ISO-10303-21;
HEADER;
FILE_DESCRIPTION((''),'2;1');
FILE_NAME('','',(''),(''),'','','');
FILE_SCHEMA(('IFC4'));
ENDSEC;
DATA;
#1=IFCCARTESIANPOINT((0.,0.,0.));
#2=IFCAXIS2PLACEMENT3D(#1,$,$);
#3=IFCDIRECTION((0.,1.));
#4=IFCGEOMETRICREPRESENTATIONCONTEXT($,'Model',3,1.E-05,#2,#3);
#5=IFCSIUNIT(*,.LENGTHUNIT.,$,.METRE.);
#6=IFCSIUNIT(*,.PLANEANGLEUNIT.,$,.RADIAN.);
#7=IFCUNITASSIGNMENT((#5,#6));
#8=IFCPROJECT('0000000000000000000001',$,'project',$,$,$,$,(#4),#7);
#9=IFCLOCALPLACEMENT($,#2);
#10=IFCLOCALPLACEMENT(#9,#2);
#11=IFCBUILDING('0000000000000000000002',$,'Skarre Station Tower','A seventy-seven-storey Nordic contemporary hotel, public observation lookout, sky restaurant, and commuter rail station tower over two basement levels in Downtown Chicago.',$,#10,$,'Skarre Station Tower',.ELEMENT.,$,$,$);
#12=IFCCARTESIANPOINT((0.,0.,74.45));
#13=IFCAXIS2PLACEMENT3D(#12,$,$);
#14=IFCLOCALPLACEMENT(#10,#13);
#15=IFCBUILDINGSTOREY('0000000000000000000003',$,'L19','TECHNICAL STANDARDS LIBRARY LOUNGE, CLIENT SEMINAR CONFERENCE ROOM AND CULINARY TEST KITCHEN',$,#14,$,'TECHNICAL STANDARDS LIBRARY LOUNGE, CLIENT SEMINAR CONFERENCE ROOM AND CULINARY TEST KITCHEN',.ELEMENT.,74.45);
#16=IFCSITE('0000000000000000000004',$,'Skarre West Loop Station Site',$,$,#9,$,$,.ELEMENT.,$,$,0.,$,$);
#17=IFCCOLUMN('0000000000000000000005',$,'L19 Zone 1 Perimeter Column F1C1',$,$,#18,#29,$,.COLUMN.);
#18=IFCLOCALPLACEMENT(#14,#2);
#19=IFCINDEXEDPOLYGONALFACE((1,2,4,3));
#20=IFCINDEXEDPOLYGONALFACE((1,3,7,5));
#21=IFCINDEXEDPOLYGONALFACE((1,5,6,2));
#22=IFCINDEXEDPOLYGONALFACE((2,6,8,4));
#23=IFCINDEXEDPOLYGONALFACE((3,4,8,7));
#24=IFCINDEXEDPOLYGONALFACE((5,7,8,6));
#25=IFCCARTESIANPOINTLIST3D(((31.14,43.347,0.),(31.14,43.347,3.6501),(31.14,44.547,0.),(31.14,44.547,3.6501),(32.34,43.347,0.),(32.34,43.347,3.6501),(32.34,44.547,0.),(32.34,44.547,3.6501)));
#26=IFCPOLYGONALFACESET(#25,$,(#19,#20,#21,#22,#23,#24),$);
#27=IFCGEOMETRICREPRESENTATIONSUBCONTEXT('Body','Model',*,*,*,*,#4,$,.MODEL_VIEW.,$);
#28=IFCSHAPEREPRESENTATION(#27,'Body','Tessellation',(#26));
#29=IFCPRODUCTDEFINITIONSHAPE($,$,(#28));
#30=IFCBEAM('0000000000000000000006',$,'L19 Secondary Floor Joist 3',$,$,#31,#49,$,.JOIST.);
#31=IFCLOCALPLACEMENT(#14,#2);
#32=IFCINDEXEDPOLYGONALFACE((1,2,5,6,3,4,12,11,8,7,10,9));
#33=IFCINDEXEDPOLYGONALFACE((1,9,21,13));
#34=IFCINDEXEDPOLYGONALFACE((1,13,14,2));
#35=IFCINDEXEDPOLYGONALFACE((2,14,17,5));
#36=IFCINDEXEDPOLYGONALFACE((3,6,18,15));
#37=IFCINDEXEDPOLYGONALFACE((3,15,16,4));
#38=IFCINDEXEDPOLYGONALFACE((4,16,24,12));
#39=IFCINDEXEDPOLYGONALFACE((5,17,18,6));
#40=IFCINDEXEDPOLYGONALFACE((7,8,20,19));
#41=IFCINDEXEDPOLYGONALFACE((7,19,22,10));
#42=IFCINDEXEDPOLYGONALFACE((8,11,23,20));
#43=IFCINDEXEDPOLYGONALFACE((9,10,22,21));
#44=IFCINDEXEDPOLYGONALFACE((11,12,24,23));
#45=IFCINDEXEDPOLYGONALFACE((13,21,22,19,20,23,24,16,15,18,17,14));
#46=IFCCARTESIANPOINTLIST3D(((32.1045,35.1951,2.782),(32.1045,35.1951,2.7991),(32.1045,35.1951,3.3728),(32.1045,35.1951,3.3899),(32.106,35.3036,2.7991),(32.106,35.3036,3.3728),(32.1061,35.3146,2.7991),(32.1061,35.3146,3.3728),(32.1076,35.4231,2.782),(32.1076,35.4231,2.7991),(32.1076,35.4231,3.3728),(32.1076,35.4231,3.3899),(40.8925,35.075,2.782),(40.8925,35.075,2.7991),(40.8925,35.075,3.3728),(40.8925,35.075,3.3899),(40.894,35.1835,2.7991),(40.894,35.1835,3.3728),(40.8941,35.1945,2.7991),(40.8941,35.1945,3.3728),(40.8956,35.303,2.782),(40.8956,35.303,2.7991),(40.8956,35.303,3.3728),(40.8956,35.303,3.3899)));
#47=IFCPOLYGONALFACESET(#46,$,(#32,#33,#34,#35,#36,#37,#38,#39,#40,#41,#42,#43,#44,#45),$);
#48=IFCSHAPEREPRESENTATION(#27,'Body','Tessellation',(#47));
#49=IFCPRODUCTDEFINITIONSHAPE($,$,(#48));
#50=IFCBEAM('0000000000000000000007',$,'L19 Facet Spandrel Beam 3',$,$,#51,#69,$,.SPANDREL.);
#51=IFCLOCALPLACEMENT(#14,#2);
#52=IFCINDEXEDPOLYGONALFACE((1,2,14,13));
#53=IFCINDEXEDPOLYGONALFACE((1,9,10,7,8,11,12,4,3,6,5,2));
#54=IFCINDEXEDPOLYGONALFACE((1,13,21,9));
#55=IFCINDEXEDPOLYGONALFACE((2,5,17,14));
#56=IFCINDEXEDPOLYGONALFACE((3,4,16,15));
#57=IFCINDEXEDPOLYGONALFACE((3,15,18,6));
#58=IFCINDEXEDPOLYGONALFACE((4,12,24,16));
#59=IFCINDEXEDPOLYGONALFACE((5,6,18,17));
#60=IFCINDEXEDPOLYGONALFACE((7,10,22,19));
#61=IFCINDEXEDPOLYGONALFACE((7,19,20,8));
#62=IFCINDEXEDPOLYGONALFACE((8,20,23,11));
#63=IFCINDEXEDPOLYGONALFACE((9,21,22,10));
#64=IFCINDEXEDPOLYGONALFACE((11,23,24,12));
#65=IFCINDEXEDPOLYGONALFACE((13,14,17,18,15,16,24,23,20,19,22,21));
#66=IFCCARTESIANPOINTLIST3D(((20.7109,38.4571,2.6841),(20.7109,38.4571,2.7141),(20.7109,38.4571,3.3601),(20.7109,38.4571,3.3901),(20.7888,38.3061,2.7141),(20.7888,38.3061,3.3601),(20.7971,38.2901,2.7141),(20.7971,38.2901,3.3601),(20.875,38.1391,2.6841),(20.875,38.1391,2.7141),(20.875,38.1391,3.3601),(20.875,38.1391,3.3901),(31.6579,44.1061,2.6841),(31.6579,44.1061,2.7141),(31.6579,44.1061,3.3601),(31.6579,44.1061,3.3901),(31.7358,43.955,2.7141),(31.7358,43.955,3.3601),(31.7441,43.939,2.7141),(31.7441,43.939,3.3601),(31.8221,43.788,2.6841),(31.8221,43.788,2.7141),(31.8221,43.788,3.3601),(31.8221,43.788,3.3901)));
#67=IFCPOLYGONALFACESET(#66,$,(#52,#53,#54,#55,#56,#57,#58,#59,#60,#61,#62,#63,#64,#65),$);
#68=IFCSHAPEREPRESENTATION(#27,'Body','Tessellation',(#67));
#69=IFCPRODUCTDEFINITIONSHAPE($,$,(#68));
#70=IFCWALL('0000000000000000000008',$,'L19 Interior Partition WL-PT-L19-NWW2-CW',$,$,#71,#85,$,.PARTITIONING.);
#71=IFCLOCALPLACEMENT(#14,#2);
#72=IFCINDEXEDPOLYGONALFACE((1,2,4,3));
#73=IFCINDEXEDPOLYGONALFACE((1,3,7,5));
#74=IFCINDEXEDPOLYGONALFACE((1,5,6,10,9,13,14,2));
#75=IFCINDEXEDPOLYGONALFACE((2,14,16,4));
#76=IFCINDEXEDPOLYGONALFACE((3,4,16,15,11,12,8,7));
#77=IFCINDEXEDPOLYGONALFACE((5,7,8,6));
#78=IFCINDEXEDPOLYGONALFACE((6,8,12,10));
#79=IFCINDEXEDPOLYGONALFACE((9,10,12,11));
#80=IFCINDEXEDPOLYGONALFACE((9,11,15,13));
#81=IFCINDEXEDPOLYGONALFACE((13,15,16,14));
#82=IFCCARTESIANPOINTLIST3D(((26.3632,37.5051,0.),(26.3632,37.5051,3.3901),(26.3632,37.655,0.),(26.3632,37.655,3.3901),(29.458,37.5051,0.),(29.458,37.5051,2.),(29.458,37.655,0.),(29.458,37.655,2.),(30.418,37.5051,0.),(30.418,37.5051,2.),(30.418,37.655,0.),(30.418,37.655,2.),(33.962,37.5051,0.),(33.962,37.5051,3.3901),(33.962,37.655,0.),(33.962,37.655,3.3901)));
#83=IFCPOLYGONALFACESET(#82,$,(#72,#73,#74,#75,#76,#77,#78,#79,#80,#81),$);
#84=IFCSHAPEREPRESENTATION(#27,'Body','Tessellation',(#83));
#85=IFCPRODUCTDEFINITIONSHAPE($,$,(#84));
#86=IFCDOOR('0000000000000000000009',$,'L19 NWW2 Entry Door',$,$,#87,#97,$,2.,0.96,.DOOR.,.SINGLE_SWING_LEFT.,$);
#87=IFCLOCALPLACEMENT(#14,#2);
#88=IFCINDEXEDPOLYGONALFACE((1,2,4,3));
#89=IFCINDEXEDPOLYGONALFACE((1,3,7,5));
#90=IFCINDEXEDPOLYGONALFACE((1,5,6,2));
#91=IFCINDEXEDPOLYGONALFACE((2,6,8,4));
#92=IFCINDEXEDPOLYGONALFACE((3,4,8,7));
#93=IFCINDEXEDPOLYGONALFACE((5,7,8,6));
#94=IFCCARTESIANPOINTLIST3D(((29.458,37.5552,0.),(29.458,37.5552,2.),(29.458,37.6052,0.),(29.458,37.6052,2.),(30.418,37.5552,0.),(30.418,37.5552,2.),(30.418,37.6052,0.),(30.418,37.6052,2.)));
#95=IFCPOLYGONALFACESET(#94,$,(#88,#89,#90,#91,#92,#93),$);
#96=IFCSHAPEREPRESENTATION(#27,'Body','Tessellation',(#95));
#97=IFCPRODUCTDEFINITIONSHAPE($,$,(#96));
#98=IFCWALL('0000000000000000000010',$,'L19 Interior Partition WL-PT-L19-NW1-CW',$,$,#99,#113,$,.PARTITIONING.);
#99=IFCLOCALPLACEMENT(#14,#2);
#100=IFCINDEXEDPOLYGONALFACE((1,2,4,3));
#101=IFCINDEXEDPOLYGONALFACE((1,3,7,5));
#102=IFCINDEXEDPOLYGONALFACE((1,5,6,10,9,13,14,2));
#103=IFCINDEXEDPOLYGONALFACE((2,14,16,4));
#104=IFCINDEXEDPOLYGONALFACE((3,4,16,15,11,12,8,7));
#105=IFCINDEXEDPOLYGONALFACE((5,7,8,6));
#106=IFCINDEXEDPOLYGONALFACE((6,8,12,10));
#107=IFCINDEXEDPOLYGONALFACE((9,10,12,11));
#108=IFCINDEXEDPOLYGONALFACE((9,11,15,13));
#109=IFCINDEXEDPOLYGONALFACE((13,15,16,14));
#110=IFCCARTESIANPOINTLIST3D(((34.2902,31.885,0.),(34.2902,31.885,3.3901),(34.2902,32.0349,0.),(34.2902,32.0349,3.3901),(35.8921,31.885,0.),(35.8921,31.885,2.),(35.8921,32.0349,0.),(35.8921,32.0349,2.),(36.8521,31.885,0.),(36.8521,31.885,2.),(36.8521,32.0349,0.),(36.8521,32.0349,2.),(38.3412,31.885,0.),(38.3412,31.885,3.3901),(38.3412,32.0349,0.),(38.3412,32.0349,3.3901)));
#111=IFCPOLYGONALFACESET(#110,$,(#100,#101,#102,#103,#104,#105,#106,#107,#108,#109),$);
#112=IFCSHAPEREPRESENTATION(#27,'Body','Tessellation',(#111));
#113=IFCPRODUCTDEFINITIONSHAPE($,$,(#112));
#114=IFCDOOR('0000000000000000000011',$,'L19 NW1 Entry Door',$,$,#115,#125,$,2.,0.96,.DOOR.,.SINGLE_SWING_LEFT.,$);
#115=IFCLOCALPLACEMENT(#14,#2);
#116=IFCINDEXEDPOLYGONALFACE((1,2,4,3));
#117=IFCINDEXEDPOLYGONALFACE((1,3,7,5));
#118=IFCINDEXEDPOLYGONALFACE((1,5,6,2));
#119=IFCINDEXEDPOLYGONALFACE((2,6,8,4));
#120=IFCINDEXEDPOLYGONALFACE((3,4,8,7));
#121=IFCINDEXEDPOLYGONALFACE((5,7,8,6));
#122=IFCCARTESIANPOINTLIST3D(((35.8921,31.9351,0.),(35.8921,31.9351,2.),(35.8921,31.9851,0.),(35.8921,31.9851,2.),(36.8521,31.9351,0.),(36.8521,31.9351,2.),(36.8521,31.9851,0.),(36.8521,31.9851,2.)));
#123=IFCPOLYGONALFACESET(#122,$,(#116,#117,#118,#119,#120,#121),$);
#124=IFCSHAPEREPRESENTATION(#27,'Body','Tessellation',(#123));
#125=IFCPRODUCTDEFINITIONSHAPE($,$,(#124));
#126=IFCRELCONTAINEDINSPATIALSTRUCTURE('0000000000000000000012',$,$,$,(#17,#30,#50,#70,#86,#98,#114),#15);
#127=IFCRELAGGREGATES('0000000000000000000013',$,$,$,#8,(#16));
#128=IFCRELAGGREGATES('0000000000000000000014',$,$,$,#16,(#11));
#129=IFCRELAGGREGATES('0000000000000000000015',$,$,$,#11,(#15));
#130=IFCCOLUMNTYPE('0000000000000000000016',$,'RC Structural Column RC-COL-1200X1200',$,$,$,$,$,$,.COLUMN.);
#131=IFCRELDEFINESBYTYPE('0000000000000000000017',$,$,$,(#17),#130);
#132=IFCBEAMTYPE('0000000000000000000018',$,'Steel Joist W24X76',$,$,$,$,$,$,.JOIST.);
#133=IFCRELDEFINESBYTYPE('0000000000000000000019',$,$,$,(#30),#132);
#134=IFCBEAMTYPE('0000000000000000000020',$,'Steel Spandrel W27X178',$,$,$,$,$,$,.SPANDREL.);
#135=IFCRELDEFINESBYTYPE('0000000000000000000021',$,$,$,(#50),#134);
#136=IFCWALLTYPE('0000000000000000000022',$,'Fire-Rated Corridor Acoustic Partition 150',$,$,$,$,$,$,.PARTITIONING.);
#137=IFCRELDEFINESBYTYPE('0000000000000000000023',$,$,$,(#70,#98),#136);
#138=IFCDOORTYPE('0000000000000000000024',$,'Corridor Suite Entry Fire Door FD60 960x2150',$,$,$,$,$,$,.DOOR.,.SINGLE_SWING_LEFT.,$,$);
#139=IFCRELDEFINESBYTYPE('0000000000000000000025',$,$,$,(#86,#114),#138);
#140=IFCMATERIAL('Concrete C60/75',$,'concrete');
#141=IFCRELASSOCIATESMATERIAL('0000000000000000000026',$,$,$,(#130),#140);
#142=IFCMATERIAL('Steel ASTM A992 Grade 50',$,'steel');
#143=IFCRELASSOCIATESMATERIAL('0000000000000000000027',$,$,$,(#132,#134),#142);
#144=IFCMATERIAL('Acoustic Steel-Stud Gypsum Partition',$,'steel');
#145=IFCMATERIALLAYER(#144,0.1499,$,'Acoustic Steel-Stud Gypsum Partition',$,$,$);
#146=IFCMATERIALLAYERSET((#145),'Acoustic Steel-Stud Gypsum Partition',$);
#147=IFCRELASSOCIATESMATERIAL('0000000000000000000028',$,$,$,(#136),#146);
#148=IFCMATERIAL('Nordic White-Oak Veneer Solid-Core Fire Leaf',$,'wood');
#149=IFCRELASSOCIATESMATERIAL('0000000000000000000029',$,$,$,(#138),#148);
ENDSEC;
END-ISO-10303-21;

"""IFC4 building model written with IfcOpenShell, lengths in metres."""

from ifc_helpers import new_model, si_unit, direction, frame, frame_2d, origin, origin_2d, place, context, subcontext, project, spatial, rectangle, i_section, extrude, material, layer, layer_set, material_profile, profile_set, type_object, element, fill, save


model = new_model("IFC4")

# Units and contexts
model_context = context("Model", 3, precision=1e-05, world=origin(), true_north=direction((0.0, 1.0)))
body_context = subcontext(model_context, "Body", "Model", "MODEL_VIEW")
ifc_project = project(units=[si_unit("LENGTHUNIT", "METRE"), si_unit("PLANEANGLEUNIT", "RADIAN")], contexts=[model_context])

# Site, building, storey
site_placement = place(None, origin())
site = spatial("IfcSite", under=ifc_project, at=site_placement, Name="Skarre West Loop Station Site", CompositionType="ELEMENT", RefElevation=0.0)
building_placement = place(site_placement, origin())
building = spatial("IfcBuilding", under=site, at=building_placement, Name="Skarre Station Tower", Description="A seventy-seven-storey Nordic contemporary hotel, public observation lookout, sky restaurant, and commuter rail station tower over two basement levels in Downtown Chicago.", LongName="Skarre Station Tower", CompositionType="ELEMENT")
storey_placement = place(building_placement, frame((0.0, 0.0, 74.45)))
storey = spatial("IfcBuildingStorey", under=building, at=storey_placement, Name="L19", Description="TECHNICAL STANDARDS LIBRARY LOUNGE, CLIENT SEMINAR CONFERENCE ROOM AND CULINARY TEST KITCHEN", LongName="TECHNICAL STANDARDS LIBRARY LOUNGE, CLIENT SEMINAR CONFERENCE ROOM AND CULINARY TEST KITCHEN", CompositionType="ELEMENT", Elevation=74.45)

# Column
ifc_material_1 = material(Name="Concrete C60/75", Category="concrete")
ifc_material_profile_1 = material_profile(ifc_material_1, rectangle(XDim=1.2, YDim=1.2, at=origin_2d()), Name="Concrete C60/75")
ifc_profile_set_1 = profile_set([ifc_material_profile_1], Name="Concrete C60/75")
column_type = type_object("IfcColumnType", Name="RC Structural Column RC-COL-1200X1200", PredefinedType="COLUMN", material=ifc_profile_set_1)
column_placement = place(storey_placement, frame((31.74, 43.947, 0.0), z_axis=(0.0, 0.0, 1.0), x_axis=(1.0, 0.0, 0.0)))
element("IfcColumn", 1, at=column_placement, inside=storey, type_object=column_type, Name="L19 Zone 1 Perimeter Column F1C1", PredefinedType="COLUMN", context=body_context, shape_type="SweptSolid", body=[
    extrude(rectangle(XDim=1.2, YDim=1.2, at=origin_2d()), origin(), (0.0, 0.0, 1.0), 3.6501),
])

# Beams
ifc_material_2 = material(Name="Steel ASTM A992 Grade 50", Category="steel")
ifc_material_profile_2 = material_profile(ifc_material_2, i_section(OverallWidth=0.228, OverallDepth=0.6079, WebThickness=0.011, FlangeThickness=0.0171, at=origin_2d()), Name="Steel ASTM A992 Grade 50")
ifc_profile_set_2 = profile_set([ifc_material_profile_2], Name="Steel ASTM A992 Grade 50")
beam_type_1 = type_object("IfcBeamType", Name="Steel Joist W24X76", PredefinedType="JOIST", material=ifc_profile_set_2)
beam_1_placement = place(storey_placement, frame((40.894, 35.189, 3.0859), z_axis=(-0.999907, 0.013667, 0.0), x_axis=(-0.013667, -0.999907, 0.0)))
element("IfcBeam", 2, at=beam_1_placement, inside=storey, type_object=beam_type_1, Name="L19 Secondary Floor Joist 3", PredefinedType="JOIST", context=body_context, shape_type="SweptSolid", body=[
    extrude(i_section(OverallWidth=0.228, OverallDepth=0.6079, WebThickness=0.011, FlangeThickness=0.0171, at=origin_2d()), origin(), (0.0, 0.0, 1.0), 8.7888),
])
ifc_material_profile_3 = material_profile(ifc_material_2, i_section(OverallWidth=0.3579, OverallDepth=0.7061, WebThickness=0.0181, FlangeThickness=0.03, at=origin_2d()), Name="Steel ASTM A992 Grade 50")
ifc_profile_set_3 = profile_set([ifc_material_profile_3], Name="Steel ASTM A992 Grade 50")
beam_type_2 = type_object("IfcBeamType", Name="Steel Spandrel W27X178", PredefinedType="SPANDREL", material=ifc_profile_set_3)
beam_2_placement = place(storey_placement, frame((31.74, 43.947, 3.0371), z_axis=(-0.888659, -0.458569, 0.0), x_axis=(0.458569, -0.888659, 0.0)))
element("IfcBeam", 3, at=beam_2_placement, inside=storey, type_object=beam_type_2, Name="L19 Facet Spandrel Beam 3", PredefinedType="SPANDREL", context=body_context, shape_type="SweptSolid", body=[
    extrude(i_section(OverallWidth=0.3579, OverallDepth=0.7061, WebThickness=0.0181, FlangeThickness=0.03, at=origin_2d()), origin(), (0.0, 0.0, 1.0), 12.3186),
])

# Walls, openings, doors
ifc_material_3 = material(Name="Acoustic Steel-Stud Gypsum Partition", Category="steel")
ifc_layer_1 = layer(ifc_material_3, 0.1499, Name="Acoustic Steel-Stud Gypsum Partition")
ifc_layer_set_1 = layer_set([ifc_layer_1], Name="Acoustic Steel-Stud Gypsum Partition")
wall_type_1 = type_object("IfcWallType", Name="Fire-Rated Corridor Acoustic Partition 150", PredefinedType="PARTITIONING", material=ifc_layer_set_1)
wall_1_placement = place(storey_placement, frame((33.9619, 37.5801, 0.0), z_axis=(0.0, 0.0, 1.0), x_axis=(-1.0, 0.0, 0.0)))
wall_1 = element("IfcWall", 4, at=wall_1_placement, inside=storey, type_object=wall_type_1, Name="L19 Interior Partition WL-PT-L19-NWW2-CW", PredefinedType="PARTITIONING", context=body_context, shape_type="SweptSolid", body=[
    extrude(rectangle(XDim=7.5989, YDim=0.1499, at=frame_2d((3.7993, 0.0))), origin(), (0.0, 0.0, 1.0), 3.3901),
])
opening_1_placement = place(wall_1_placement, frame((3.5439, 0.0, 0.0)))
opening_1 = element("IfcOpeningElement", 5, at=opening_1_placement, cuts=wall_1, PredefinedType="OPENING", context=body_context, shape_type="SweptSolid", body=[
    extrude(rectangle(XDim=0.96, YDim=2.0, at=frame_2d((0.48, 1.0))), frame((0.0, 0.085, 0.0), z_axis=(0.0, -1.0, 0.0), x_axis=(1.0, 0.0, 0.0)), (0.0, 0.0, 1.0), 0.1699),
])
ifc_material_4 = material(Name="Nordic White-Oak Veneer Solid-Core Fire Leaf", Category="wood")
door_type = type_object("IfcDoorType", Name="Corridor Suite Entry Fire Door FD60 960x2150", OperationType="SINGLE_SWING_LEFT", PredefinedType="DOOR", material=ifc_material_4)
door_1_placement = place(opening_1_placement, origin())
door_1 = element("IfcDoor", 6, at=door_1_placement, inside=storey, type_object=door_type, Name="L19 NWW2 Entry Door", OperationType="SINGLE_SWING_LEFT", OverallHeight=2.0, OverallWidth=0.96, PredefinedType="DOOR", context=body_context, shape_type="SweptSolid", body=[
    extrude(rectangle(XDim=0.96, YDim=2.0, at=frame_2d((0.48, 1.0))), frame((0.0, 0.0249, 0.0), z_axis=(0.0, -1.0, 0.0), x_axis=(1.0, 0.0, 0.0)), (0.0, 0.0, 1.0), 0.05),
])
fill(opening_1, door_1)
wall_2_placement = place(storey_placement, frame((38.3411, 31.96, 0.0), z_axis=(0.0, 0.0, 1.0), x_axis=(-1.0, 0.0, 0.0)))
wall_2 = element("IfcWall", 7, at=wall_2_placement, inside=storey, type_object=wall_type_1, Name="L19 Interior Partition WL-PT-L19-NW1-CW", PredefinedType="PARTITIONING", context=body_context, shape_type="SweptSolid", body=[
    extrude(rectangle(XDim=4.051, YDim=0.1499, at=frame_2d((2.0254, 0.0))), origin(), (0.0, 0.0, 1.0), 3.3901),
])
opening_2_placement = place(wall_2_placement, frame((1.489, 0.0, 0.0)))
opening_2 = element("IfcOpeningElement", 8, at=opening_2_placement, cuts=wall_2, PredefinedType="OPENING", context=body_context, shape_type="SweptSolid", body=[
    extrude(rectangle(XDim=0.96, YDim=2.0, at=frame_2d((0.48, 1.0))), frame((0.0, 0.085, 0.0), z_axis=(0.0, -1.0, 0.0), x_axis=(1.0, 0.0, 0.0)), (0.0, 0.0, 1.0), 0.1699),
])
door_2_placement = place(opening_2_placement, origin())
door_2 = element("IfcDoor", 9, at=door_2_placement, inside=storey, type_object=door_type, Name="L19 NW1 Entry Door", OperationType="SINGLE_SWING_LEFT", OverallHeight=2.0, OverallWidth=0.96, PredefinedType="DOOR", context=body_context, shape_type="SweptSolid", body=[
    extrude(rectangle(XDim=0.96, YDim=2.0, at=frame_2d((0.48, 1.0))), frame((0.0, 0.0249, 0.0), z_axis=(0.0, -1.0, 0.0), x_axis=(1.0, 0.0, 0.0)), (0.0, 0.0, 1.0), 0.05),
])
fill(opening_2, door_2)

save(model, "model.ifc")
